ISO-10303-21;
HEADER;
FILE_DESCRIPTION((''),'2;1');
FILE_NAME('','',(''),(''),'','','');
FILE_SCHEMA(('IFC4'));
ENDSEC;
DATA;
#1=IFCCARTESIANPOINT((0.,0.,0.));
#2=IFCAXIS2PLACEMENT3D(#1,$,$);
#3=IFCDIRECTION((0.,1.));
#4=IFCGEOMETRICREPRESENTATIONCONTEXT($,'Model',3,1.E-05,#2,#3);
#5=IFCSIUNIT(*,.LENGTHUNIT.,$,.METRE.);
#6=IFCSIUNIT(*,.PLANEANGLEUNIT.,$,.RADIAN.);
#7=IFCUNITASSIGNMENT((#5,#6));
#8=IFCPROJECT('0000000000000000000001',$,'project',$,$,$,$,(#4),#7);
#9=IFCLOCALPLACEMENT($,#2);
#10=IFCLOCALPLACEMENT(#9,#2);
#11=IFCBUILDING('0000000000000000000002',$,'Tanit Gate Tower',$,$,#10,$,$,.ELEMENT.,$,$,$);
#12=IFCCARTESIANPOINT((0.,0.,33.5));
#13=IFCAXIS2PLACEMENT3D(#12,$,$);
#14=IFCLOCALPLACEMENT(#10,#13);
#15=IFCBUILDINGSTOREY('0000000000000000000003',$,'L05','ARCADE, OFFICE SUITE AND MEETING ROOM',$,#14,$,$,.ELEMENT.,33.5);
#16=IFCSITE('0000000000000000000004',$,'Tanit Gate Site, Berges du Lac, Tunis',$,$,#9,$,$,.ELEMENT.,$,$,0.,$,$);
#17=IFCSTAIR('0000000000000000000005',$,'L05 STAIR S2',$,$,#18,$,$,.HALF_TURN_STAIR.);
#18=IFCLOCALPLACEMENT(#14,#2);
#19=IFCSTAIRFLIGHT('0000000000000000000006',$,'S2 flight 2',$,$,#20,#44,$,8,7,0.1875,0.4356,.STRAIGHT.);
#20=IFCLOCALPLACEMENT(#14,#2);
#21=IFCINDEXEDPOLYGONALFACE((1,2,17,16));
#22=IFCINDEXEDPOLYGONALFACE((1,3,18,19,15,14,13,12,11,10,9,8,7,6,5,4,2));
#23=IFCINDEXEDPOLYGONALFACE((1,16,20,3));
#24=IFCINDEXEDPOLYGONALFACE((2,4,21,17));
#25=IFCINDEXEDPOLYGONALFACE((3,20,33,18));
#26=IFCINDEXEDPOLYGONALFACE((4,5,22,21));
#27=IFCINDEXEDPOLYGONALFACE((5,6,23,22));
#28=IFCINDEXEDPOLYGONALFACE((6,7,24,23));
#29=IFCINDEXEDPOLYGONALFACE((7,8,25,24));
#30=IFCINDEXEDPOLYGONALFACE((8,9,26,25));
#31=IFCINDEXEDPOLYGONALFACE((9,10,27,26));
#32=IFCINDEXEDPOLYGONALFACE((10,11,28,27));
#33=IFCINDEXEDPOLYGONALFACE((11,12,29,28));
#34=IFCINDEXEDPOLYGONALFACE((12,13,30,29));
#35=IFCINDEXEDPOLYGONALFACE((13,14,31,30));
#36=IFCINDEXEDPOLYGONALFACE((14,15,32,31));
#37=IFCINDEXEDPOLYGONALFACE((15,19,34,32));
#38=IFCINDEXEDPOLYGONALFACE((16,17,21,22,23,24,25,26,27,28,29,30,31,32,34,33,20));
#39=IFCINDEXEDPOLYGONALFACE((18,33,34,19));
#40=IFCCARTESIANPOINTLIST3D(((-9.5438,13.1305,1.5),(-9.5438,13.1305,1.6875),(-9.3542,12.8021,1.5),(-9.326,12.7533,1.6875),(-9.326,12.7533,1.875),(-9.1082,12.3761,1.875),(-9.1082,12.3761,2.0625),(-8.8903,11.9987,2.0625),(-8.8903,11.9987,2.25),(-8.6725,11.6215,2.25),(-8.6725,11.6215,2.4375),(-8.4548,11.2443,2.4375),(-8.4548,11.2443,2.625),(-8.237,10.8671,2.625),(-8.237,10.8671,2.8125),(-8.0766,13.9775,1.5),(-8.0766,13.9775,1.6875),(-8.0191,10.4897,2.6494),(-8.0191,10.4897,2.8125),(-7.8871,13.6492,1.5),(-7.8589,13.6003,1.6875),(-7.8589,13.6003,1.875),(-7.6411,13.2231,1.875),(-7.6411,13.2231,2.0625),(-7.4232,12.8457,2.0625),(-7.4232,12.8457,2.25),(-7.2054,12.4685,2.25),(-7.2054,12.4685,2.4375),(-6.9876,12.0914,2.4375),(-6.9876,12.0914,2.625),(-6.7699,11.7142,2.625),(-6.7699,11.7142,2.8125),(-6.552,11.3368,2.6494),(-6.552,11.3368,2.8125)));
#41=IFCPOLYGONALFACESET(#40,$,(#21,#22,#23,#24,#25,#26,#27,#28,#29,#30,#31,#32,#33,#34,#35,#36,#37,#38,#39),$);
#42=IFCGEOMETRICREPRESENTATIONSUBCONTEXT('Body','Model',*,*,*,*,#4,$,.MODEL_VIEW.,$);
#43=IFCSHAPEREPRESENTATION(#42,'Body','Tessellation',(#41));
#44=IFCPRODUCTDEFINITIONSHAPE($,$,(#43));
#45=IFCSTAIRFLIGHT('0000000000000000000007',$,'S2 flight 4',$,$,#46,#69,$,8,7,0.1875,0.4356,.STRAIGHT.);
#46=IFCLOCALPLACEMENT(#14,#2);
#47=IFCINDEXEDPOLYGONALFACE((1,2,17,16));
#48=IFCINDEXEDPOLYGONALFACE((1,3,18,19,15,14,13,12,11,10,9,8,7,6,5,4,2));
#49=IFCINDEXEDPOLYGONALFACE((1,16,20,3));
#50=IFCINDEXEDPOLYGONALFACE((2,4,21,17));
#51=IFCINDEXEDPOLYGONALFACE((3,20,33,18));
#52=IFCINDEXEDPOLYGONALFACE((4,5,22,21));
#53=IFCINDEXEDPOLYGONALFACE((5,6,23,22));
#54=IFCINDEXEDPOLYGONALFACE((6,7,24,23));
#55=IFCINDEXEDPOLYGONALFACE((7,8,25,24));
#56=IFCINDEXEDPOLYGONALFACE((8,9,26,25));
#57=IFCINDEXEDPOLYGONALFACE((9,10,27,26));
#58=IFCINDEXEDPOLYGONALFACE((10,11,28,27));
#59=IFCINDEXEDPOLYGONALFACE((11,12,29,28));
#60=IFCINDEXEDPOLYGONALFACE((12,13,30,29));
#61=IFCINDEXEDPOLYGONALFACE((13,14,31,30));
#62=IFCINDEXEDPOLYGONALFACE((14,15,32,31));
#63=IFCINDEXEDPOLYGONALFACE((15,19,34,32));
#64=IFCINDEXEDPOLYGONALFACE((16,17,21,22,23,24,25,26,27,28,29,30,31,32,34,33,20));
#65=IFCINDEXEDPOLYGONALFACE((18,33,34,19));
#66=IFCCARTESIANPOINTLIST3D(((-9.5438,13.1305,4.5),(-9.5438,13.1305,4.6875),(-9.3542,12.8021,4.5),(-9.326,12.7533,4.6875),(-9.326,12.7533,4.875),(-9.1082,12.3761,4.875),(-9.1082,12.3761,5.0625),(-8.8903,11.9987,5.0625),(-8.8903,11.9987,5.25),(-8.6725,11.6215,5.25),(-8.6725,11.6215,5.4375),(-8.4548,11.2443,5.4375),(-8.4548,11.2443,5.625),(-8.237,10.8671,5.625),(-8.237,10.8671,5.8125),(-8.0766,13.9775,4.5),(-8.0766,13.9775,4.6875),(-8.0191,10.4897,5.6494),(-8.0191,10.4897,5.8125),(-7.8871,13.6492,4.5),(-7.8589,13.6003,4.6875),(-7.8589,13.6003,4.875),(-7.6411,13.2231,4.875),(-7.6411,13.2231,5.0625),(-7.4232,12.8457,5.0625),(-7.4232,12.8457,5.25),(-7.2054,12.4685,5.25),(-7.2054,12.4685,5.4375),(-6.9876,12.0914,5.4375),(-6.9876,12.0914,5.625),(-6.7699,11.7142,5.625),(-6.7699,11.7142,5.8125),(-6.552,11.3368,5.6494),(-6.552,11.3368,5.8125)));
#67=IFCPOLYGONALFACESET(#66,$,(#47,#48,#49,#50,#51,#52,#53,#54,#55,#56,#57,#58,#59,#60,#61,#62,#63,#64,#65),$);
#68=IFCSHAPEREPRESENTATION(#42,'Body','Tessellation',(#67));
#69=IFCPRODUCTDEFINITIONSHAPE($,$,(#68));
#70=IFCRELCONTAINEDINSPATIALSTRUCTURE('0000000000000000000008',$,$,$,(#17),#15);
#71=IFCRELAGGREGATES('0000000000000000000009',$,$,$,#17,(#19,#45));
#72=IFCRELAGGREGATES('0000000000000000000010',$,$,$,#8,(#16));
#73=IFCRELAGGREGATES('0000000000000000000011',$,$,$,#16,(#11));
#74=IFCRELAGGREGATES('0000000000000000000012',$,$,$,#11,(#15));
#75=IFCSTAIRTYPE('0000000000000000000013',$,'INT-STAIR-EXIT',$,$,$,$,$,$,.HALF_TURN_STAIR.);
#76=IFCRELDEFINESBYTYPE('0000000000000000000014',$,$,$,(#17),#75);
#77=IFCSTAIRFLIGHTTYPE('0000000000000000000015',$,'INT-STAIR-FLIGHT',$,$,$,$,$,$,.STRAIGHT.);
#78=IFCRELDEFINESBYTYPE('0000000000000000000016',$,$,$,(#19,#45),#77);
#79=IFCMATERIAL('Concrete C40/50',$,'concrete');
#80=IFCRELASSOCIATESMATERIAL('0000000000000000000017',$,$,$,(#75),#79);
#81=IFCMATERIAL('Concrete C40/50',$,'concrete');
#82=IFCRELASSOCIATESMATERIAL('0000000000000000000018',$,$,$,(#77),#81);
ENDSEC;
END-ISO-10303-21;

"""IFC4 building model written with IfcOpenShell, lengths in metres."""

from ifc_helpers import new_model, si_unit, direction, frame, origin, place, context, subcontext, project, spatial, polyline, outline, extrude, material, type_object, element, aggregate, save


model = new_model("IFC4")

# Units and contexts
model_context = context("Model", 3, precision=1e-05, world=origin(), true_north=direction((0.0, 1.0)))
body_context = subcontext(model_context, "Body", "Model", "MODEL_VIEW")
ifc_project = project(units=[si_unit("LENGTHUNIT", "METRE"), si_unit("PLANEANGLEUNIT", "RADIAN")], contexts=[model_context])

# Site, building, storey
site_placement = place(None, origin())
site = spatial("IfcSite", under=ifc_project, at=site_placement, Name="Tanit Gate Site, Berges du Lac, Tunis", CompositionType="ELEMENT", RefElevation=0.0)
building_placement = place(site_placement, origin())
building = spatial("IfcBuilding", under=site, at=building_placement, Name="Tanit Gate Tower", CompositionType="ELEMENT")
storey_placement = place(building_placement, frame((0.0, 0.0, 33.5)))
storey = spatial("IfcBuildingStorey", under=building, at=storey_placement, Name="L05", Description="ARCADE, OFFICE SUITE AND MEETING ROOM", CompositionType="ELEMENT", Elevation=33.5)

# Stair, stair flights
ifc_material_1 = material(Name="Concrete C40/50", Category="concrete")
stair_type = type_object("IfcStairType", Name="INT-STAIR-EXIT", PredefinedType="HALF_TURN_STAIR", material=ifc_material_1)
stair_placement = place(storey_placement, origin())
stair = element("IfcStair", 1, at=stair_placement, inside=storey, type_object=stair_type, Name="L05 STAIR S2", PredefinedType="HALF_TURN_STAIR")
ifc_material_2 = material(Name="Concrete C40/50", Category="concrete")
stair_flight_type = type_object("IfcStairFlightType", Name="INT-STAIR-FLIGHT", PredefinedType="STRAIGHT", material=ifc_material_2)
stair_flight_1_placement = place(storey_placement, frame((-8.8103, 13.554, 1.5), z_axis=(0.0, 0.0, 1.0), x_axis=(0.5, -0.866025, 0.0)))
stair_flight_1 = element("IfcStairFlight", 2, at=stair_flight_1_placement, type_object=stair_flight_type, Name="S2 flight 2", NumberOfRisers=8, NumberOfTreads=7, PredefinedType="STRAIGHT", RiserHeight=0.1875, TreadLength=0.4356, context=body_context, shape_type="SweptSolid", body=[
    extrude(outline(polyline([(0.0, 0.0), (0.0, 0.1875), (0.4355, 0.1875), (0.4355, 0.375), (0.8711, 0.375), (0.8711, 0.5625), (1.3069, 0.5625), (1.3069, 0.75), (1.7424, 0.75), (1.7424, 0.9375), (2.178, 0.9375), (2.178, 1.125), (2.6135, 1.125), (2.6135, 1.3125), (3.0493, 1.3125), (3.0493, 1.5), (3.0493, 1.1494), (0.3792, 0.0), (0.0, 0.0)])), frame((0.0, 0.8472, 0.0), z_axis=(0.0, -1.0, 0.0), x_axis=(1.0, 0.0, 0.0)), (0.0, 0.0, 1.0), 1.6941),
])
stair_flight_2_placement = place(storey_placement, frame((-8.8103, 13.554, 4.5), z_axis=(0.0, 0.0, 1.0), x_axis=(0.5, -0.866025, 0.0)))
stair_flight_2 = element("IfcStairFlight", 3, at=stair_flight_2_placement, type_object=stair_flight_type, Name="S2 flight 4", NumberOfRisers=8, NumberOfTreads=7, PredefinedType="STRAIGHT", RiserHeight=0.1875, TreadLength=0.4356, context=body_context, shape_type="SweptSolid", body=[
    extrude(outline(polyline([(0.0, 0.0), (0.0, 0.1875), (0.4355, 0.1875), (0.4355, 0.375), (0.8711, 0.375), (0.8711, 0.5625), (1.3069, 0.5625), (1.3069, 0.75), (1.7424, 0.75), (1.7424, 0.9375), (2.178, 0.9375), (2.178, 1.125), (2.6135, 1.125), (2.6135, 1.3125), (3.0493, 1.3125), (3.0493, 1.5), (3.0493, 1.1494), (0.3792, 0.0), (0.0, 0.0)])), frame((0.0, 0.8472, 0.0), z_axis=(0.0, -1.0, 0.0), x_axis=(1.0, 0.0, 0.0)), (0.0, 0.0, 1.0), 1.6941),
])
aggregate(stair, [stair_flight_1, stair_flight_2])

save(model, "model.ifc")
